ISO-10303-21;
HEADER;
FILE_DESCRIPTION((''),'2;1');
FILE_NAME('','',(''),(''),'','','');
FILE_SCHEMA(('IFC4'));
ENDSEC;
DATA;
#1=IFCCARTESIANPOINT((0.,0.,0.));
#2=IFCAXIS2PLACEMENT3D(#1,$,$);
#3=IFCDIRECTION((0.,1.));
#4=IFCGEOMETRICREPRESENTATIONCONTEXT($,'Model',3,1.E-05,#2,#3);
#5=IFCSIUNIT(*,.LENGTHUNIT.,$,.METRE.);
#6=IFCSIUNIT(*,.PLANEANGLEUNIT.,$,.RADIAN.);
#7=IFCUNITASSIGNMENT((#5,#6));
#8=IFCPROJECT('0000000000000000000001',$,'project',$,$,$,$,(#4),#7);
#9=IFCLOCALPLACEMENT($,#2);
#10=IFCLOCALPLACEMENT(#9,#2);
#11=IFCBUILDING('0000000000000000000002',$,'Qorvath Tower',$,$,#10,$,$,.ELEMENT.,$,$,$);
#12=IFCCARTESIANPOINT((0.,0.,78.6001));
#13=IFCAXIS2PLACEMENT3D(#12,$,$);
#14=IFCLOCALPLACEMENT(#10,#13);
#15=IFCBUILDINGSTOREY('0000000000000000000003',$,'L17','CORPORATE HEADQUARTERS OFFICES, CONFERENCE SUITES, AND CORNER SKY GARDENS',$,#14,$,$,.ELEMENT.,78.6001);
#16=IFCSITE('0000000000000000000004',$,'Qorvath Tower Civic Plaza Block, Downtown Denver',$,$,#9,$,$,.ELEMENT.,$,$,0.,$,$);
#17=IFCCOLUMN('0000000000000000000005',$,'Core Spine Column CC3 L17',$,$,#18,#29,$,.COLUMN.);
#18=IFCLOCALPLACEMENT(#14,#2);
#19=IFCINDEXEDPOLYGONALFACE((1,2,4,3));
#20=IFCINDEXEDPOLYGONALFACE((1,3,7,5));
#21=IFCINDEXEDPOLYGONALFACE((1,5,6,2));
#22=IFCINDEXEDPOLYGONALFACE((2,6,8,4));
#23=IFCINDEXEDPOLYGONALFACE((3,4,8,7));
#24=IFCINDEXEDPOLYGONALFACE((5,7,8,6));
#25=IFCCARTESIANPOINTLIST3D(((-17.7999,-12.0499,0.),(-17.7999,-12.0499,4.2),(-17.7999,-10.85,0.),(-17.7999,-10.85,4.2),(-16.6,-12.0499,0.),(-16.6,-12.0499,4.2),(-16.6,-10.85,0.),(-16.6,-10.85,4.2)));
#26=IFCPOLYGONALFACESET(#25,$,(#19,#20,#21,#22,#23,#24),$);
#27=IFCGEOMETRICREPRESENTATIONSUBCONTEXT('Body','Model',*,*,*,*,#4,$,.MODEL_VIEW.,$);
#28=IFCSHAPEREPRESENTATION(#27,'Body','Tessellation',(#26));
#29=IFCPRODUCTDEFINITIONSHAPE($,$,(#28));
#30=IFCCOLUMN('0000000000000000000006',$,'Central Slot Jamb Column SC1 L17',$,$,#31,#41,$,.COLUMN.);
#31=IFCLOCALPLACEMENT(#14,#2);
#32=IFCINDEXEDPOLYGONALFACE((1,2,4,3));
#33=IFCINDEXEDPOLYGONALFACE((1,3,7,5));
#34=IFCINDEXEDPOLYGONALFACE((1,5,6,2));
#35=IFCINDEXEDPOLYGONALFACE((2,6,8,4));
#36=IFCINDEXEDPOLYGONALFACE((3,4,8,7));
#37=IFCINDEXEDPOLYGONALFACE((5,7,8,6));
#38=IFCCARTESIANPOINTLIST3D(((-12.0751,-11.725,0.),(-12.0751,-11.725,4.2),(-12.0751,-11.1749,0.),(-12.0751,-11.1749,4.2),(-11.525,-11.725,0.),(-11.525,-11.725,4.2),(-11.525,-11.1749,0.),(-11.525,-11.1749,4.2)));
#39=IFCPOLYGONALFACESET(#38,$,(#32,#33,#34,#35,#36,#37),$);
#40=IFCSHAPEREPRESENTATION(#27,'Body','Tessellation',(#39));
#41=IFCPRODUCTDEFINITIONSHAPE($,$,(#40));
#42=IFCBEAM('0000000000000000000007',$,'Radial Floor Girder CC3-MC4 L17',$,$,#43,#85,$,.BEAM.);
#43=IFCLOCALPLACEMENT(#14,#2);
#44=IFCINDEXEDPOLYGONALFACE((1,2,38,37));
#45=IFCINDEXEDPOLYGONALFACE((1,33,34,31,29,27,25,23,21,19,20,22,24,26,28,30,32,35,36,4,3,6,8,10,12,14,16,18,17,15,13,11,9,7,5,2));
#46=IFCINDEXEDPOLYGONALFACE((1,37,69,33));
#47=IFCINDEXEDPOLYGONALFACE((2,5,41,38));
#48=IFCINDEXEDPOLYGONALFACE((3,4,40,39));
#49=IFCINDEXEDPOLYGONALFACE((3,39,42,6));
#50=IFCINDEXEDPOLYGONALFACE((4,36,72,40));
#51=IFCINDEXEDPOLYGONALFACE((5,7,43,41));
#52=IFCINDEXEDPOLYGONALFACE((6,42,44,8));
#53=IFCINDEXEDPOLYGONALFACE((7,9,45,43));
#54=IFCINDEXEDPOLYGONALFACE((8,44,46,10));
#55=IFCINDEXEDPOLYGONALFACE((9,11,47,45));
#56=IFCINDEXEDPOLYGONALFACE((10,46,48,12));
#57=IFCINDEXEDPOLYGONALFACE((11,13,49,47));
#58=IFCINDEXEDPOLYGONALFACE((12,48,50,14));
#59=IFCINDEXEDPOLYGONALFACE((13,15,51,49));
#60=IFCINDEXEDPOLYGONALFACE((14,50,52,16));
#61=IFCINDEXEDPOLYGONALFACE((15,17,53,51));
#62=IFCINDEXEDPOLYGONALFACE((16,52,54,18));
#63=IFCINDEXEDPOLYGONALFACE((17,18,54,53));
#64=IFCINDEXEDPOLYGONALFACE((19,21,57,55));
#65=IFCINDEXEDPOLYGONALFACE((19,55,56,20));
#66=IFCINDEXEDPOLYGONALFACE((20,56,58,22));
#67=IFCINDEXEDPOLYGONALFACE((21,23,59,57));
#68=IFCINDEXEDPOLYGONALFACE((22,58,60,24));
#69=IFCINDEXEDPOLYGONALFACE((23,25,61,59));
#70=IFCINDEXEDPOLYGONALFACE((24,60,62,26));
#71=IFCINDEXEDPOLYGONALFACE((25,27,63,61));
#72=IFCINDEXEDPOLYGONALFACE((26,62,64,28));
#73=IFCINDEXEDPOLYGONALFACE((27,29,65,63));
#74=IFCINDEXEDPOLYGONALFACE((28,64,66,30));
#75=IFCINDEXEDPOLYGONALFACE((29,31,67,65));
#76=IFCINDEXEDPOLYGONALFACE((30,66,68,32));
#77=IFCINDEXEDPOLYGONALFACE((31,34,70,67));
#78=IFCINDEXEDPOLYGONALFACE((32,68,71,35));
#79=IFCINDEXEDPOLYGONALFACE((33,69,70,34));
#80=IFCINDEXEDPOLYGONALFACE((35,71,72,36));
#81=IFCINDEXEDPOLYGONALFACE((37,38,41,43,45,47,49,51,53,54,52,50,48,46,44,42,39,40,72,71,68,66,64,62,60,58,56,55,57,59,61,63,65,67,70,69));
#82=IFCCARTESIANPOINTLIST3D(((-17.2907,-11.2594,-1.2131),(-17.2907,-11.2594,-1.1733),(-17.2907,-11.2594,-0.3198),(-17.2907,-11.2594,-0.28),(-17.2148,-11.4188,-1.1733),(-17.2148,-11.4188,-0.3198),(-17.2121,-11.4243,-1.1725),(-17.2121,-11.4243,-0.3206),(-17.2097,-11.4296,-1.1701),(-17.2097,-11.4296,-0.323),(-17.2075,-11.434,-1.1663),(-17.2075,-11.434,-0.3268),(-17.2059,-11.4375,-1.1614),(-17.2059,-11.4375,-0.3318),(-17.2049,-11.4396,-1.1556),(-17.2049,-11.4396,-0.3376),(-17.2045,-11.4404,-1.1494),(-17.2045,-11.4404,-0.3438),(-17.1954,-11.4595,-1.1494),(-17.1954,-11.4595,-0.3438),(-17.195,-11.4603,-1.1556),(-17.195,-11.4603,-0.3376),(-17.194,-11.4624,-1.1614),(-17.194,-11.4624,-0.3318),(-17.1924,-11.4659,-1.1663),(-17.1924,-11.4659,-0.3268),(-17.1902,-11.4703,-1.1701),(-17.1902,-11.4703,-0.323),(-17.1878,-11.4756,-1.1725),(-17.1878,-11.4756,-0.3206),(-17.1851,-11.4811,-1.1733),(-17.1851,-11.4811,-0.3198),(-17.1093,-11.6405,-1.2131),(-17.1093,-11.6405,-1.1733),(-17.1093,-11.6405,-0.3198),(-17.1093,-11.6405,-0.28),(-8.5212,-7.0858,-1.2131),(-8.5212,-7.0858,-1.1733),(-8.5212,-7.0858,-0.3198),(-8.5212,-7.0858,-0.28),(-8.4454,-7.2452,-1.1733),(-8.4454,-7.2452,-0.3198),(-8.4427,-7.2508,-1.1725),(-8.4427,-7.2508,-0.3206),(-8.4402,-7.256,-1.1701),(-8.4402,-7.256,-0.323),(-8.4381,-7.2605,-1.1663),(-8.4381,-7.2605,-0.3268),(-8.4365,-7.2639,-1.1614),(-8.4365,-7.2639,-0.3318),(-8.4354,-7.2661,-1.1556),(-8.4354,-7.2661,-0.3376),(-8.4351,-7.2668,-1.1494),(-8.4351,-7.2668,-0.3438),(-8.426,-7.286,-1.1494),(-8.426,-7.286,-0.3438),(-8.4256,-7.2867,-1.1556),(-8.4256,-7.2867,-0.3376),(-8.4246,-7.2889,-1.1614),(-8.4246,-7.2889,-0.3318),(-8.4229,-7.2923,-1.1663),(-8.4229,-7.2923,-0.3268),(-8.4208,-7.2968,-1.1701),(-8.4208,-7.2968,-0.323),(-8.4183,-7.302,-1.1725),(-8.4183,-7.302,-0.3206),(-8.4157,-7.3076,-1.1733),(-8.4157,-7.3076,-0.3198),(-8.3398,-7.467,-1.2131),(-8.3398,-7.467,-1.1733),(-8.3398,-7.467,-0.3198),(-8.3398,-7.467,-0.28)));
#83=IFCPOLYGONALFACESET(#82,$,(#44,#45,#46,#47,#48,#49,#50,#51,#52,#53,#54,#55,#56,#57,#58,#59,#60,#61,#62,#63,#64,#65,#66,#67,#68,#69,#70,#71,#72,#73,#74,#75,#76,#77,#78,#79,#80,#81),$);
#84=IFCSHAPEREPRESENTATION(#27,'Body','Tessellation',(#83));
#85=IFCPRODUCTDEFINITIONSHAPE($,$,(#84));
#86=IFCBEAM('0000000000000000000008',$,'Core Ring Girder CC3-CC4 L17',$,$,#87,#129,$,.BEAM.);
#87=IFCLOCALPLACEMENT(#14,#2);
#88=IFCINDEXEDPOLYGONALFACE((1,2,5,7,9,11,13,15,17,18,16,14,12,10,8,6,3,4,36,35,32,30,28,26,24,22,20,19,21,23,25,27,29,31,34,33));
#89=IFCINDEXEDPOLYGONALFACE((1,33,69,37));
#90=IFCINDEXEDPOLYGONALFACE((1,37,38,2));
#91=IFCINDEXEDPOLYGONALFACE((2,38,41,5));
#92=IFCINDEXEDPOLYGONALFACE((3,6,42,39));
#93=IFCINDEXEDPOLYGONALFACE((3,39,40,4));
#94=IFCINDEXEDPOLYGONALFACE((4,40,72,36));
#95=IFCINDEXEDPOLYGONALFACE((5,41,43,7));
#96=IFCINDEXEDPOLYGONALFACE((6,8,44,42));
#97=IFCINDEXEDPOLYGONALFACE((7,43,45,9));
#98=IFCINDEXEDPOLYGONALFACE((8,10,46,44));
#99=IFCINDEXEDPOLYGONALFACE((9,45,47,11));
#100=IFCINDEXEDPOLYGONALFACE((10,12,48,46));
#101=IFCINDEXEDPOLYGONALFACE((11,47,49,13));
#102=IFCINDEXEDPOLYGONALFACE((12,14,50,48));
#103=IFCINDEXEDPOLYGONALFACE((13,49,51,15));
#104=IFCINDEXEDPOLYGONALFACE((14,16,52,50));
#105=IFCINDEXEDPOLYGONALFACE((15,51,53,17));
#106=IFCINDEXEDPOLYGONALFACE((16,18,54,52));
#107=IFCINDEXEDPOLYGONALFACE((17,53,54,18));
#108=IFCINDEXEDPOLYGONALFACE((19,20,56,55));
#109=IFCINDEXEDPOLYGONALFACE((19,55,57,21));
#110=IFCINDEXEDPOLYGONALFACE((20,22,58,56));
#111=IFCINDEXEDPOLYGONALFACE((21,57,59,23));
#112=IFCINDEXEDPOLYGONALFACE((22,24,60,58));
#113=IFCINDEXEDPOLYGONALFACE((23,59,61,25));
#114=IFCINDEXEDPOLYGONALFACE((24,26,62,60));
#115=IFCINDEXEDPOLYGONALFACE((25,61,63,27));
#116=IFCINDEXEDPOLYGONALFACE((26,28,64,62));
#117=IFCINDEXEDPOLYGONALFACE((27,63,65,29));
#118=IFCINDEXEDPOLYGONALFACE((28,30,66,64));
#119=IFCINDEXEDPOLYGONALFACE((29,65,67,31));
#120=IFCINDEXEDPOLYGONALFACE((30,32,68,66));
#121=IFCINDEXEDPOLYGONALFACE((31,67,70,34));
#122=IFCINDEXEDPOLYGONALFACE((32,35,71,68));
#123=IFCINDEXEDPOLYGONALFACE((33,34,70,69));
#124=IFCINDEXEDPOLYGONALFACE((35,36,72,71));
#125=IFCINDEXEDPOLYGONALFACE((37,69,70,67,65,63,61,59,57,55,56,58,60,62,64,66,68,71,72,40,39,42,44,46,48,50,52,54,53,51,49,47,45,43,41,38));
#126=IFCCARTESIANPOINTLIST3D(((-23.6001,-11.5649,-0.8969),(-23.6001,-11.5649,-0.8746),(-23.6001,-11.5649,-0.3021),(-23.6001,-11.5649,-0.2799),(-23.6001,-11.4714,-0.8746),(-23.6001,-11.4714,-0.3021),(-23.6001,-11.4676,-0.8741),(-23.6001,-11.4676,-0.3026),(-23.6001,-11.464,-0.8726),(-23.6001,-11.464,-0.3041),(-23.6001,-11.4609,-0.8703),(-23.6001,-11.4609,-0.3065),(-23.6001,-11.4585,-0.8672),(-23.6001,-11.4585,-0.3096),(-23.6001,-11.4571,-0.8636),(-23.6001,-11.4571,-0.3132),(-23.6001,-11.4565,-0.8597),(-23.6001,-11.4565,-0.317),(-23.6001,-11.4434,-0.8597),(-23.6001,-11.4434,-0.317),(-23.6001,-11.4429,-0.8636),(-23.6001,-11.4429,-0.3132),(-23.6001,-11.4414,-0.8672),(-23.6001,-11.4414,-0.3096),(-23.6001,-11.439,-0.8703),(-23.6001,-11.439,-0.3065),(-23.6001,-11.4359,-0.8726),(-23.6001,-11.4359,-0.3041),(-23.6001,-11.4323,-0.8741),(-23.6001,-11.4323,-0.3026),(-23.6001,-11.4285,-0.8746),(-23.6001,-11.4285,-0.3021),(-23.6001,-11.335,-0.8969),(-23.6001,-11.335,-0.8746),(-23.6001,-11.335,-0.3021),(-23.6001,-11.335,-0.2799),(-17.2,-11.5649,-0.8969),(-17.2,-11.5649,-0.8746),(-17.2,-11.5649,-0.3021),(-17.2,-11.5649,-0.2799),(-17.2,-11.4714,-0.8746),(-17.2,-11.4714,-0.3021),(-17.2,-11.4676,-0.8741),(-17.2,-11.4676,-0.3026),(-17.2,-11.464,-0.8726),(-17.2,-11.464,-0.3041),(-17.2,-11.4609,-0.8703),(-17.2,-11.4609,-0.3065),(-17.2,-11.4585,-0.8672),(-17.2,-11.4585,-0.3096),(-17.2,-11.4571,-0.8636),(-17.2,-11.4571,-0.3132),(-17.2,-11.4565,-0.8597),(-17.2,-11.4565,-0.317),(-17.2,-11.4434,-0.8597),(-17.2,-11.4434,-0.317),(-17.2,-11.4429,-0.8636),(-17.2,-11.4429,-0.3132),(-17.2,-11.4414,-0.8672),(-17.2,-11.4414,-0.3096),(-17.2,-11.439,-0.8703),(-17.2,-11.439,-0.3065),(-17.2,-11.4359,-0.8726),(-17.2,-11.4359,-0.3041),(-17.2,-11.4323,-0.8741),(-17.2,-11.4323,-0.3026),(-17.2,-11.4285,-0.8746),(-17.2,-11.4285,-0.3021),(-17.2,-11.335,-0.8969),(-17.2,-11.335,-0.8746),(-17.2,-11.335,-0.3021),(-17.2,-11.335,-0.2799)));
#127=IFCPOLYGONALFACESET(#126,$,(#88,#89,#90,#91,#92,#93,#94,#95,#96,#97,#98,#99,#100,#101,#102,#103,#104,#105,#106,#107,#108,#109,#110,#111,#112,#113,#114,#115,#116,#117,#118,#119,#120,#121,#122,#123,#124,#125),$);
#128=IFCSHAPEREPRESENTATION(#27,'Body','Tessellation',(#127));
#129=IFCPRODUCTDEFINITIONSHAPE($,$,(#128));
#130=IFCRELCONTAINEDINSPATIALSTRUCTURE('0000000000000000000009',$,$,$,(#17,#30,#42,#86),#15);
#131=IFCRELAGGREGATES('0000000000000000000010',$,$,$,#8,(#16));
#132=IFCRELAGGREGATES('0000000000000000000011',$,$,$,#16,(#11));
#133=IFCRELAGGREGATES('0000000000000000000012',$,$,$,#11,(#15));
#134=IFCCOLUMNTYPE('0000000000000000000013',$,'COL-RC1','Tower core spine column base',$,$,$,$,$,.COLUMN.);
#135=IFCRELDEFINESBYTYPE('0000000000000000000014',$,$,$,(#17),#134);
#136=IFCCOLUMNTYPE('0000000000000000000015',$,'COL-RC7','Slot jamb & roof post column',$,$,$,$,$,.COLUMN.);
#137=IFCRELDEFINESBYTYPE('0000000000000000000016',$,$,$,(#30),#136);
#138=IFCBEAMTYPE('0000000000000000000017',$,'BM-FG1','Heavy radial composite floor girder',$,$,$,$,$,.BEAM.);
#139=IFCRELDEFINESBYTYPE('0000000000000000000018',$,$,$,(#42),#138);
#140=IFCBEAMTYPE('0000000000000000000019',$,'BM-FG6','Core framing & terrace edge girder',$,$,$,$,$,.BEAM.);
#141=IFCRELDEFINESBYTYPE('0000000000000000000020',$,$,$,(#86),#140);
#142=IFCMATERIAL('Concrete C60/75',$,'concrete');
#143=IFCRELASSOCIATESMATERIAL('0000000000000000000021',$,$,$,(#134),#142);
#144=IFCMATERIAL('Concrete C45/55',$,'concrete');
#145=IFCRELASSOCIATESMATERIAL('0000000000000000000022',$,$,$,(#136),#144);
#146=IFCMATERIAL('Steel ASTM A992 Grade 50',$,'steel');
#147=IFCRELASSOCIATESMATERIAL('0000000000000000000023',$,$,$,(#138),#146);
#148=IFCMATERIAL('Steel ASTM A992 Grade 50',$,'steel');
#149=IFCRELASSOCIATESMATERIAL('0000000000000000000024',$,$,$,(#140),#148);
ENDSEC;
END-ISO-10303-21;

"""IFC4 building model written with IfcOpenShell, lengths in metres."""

from ifc_helpers import new_model, si_unit, direction, frame, origin, origin_2d, place, context, subcontext, project, spatial, rectangle, i_section, extrude, material, material_profile, profile_set, type_object, element, save


model = new_model("IFC4")

# Units and contexts
model_context = context("Model", 3, precision=1e-05, world=origin(), true_north=direction((0.0, 1.0)))
body_context = subcontext(model_context, "Body", "Model", "MODEL_VIEW")
ifc_project = project(units=[si_unit("LENGTHUNIT", "METRE"), si_unit("PLANEANGLEUNIT", "RADIAN")], contexts=[model_context])

# Site, building, storey
site_placement = place(None, origin())
site = spatial("IfcSite", under=ifc_project, at=site_placement, Name="Qorvath Tower Civic Plaza Block, Downtown Denver", CompositionType="ELEMENT", RefElevation=0.0)
building_placement = place(site_placement, origin())
building = spatial("IfcBuilding", under=site, at=building_placement, Name="Qorvath Tower", CompositionType="ELEMENT")
storey_placement = place(building_placement, frame((0.0, 0.0, 78.6001)))
storey = spatial("IfcBuildingStorey", under=building, at=storey_placement, Name="L17", Description="CORPORATE HEADQUARTERS OFFICES, CONFERENCE SUITES, AND CORNER SKY GARDENS", CompositionType="ELEMENT", Elevation=78.6001)

# Columns
ifc_material_1 = material(Name="Concrete C60/75", Category="concrete")
ifc_material_profile_1 = material_profile(ifc_material_1, rectangle(XDim=1.2, YDim=1.2, at=origin_2d()), Name="RC 1200x1200")
ifc_profile_set_1 = profile_set([ifc_material_profile_1], Name="Concrete C60/75")
column_type_1 = type_object("IfcColumnType", Name="COL-RC1", Description="Tower core spine column base", PredefinedType="COLUMN", material=ifc_profile_set_1)
column_1_placement = place(storey_placement, frame((-17.2, -11.45, 0.0), z_axis=(0.0, 0.0, 1.0), x_axis=(1.0, 0.0, 0.0)))
element("IfcColumn", 1, at=column_1_placement, inside=storey, type_object=column_type_1, Name="Core Spine Column CC3 L17", PredefinedType="COLUMN", context=body_context, shape_type="SweptSolid", body=[
    extrude(rectangle(XDim=1.2, YDim=1.2, at=origin_2d()), origin(), (0.0, 0.0, 1.0), 4.2),
])
ifc_material_2 = material(Name="Concrete C45/55", Category="concrete")
ifc_material_profile_2 = material_profile(ifc_material_2, rectangle(XDim=0.55, YDim=0.55, at=origin_2d()), Name="RC 550x550")
ifc_profile_set_2 = profile_set([ifc_material_profile_2], Name="Concrete C45/55")
column_type_2 = type_object("IfcColumnType", Name="COL-RC7", Description="Slot jamb & roof post column", PredefinedType="COLUMN", material=ifc_profile_set_2)
column_2_placement = place(storey_placement, frame((-11.8, -11.45, 0.0), z_axis=(0.0, 0.0, 1.0), x_axis=(1.0, 0.0, 0.0)))
element("IfcColumn", 2, at=column_2_placement, inside=storey, type_object=column_type_2, Name="Central Slot Jamb Column SC1 L17", PredefinedType="COLUMN", context=body_context, shape_type="SweptSolid", body=[
    extrude(rectangle(XDim=0.55, YDim=0.55, at=origin_2d()), origin(), (0.0, 0.0, 1.0), 4.2),
])

# Beams
ifc_material_3 = material(Name="Steel ASTM A992 Grade 50", Category="steel")
ifc_material_profile_3 = material_profile(ifc_material_3, i_section(OverallWidth=0.4221, OverallDepth=0.9331, WebThickness=0.0212, FlangeThickness=0.0398, FilletRadius=0.0239, at=origin_2d()), Name="W36x262")
ifc_profile_set_3 = profile_set([ifc_material_profile_3], Name="Steel ASTM A992 Grade 50")
beam_type_1 = type_object("IfcBeamType", Name="BM-FG1", Description="Heavy radial composite floor girder", PredefinedType="BEAM", material=ifc_profile_set_3)
beam_1_placement = place(storey_placement, frame((-17.2, -11.45, -0.7466), z_axis=(0.902956, 0.429734, 0.0), x_axis=(-0.429734, 0.902956, 0.0)))
element("IfcBeam", 3, at=beam_1_placement, inside=storey, type_object=beam_type_1, Name="Radial Floor Girder CC3-MC4 L17", PredefinedType="BEAM", context=body_context, shape_type="SweptSolid", body=[
    extrude(i_section(OverallWidth=0.4221, OverallDepth=0.9331, WebThickness=0.0212, FlangeThickness=0.0398, FilletRadius=0.0239, at=origin_2d()), origin(), (0.0, 0.0, 1.0), 9.7119),
])
ifc_material_4 = material(Name="Steel ASTM A992 Grade 50", Category="steel")
ifc_material_profile_4 = material_profile(ifc_material_4, i_section(OverallWidth=0.23, OverallDepth=0.6169, WebThickness=0.0132, FlangeThickness=0.0222, FilletRadius=0.0149, at=origin_2d()), Name="W24x94")
ifc_profile_set_4 = profile_set([ifc_material_profile_4], Name="Steel ASTM A992 Grade 50")
beam_type_2 = type_object("IfcBeamType", Name="BM-FG6", Description="Core framing & terrace edge girder", PredefinedType="BEAM", material=ifc_profile_set_4)
beam_2_placement = place(storey_placement, frame((-17.2, -11.45, -0.5884), z_axis=(-1.0, 0.0, 0.0), x_axis=(0.0, -1.0, 0.0)))
element("IfcBeam", 4, at=beam_2_placement, inside=storey, type_object=beam_type_2, Name="Core Ring Girder CC3-CC4 L17", PredefinedType="BEAM", context=body_context, shape_type="SweptSolid", body=[
    extrude(i_section(OverallWidth=0.23, OverallDepth=0.6169, WebThickness=0.0132, FlangeThickness=0.0222, FilletRadius=0.0149, at=origin_2d()), origin(), (0.0, 0.0, 1.0), 6.4001),
])

save(model, "model.ifc")
